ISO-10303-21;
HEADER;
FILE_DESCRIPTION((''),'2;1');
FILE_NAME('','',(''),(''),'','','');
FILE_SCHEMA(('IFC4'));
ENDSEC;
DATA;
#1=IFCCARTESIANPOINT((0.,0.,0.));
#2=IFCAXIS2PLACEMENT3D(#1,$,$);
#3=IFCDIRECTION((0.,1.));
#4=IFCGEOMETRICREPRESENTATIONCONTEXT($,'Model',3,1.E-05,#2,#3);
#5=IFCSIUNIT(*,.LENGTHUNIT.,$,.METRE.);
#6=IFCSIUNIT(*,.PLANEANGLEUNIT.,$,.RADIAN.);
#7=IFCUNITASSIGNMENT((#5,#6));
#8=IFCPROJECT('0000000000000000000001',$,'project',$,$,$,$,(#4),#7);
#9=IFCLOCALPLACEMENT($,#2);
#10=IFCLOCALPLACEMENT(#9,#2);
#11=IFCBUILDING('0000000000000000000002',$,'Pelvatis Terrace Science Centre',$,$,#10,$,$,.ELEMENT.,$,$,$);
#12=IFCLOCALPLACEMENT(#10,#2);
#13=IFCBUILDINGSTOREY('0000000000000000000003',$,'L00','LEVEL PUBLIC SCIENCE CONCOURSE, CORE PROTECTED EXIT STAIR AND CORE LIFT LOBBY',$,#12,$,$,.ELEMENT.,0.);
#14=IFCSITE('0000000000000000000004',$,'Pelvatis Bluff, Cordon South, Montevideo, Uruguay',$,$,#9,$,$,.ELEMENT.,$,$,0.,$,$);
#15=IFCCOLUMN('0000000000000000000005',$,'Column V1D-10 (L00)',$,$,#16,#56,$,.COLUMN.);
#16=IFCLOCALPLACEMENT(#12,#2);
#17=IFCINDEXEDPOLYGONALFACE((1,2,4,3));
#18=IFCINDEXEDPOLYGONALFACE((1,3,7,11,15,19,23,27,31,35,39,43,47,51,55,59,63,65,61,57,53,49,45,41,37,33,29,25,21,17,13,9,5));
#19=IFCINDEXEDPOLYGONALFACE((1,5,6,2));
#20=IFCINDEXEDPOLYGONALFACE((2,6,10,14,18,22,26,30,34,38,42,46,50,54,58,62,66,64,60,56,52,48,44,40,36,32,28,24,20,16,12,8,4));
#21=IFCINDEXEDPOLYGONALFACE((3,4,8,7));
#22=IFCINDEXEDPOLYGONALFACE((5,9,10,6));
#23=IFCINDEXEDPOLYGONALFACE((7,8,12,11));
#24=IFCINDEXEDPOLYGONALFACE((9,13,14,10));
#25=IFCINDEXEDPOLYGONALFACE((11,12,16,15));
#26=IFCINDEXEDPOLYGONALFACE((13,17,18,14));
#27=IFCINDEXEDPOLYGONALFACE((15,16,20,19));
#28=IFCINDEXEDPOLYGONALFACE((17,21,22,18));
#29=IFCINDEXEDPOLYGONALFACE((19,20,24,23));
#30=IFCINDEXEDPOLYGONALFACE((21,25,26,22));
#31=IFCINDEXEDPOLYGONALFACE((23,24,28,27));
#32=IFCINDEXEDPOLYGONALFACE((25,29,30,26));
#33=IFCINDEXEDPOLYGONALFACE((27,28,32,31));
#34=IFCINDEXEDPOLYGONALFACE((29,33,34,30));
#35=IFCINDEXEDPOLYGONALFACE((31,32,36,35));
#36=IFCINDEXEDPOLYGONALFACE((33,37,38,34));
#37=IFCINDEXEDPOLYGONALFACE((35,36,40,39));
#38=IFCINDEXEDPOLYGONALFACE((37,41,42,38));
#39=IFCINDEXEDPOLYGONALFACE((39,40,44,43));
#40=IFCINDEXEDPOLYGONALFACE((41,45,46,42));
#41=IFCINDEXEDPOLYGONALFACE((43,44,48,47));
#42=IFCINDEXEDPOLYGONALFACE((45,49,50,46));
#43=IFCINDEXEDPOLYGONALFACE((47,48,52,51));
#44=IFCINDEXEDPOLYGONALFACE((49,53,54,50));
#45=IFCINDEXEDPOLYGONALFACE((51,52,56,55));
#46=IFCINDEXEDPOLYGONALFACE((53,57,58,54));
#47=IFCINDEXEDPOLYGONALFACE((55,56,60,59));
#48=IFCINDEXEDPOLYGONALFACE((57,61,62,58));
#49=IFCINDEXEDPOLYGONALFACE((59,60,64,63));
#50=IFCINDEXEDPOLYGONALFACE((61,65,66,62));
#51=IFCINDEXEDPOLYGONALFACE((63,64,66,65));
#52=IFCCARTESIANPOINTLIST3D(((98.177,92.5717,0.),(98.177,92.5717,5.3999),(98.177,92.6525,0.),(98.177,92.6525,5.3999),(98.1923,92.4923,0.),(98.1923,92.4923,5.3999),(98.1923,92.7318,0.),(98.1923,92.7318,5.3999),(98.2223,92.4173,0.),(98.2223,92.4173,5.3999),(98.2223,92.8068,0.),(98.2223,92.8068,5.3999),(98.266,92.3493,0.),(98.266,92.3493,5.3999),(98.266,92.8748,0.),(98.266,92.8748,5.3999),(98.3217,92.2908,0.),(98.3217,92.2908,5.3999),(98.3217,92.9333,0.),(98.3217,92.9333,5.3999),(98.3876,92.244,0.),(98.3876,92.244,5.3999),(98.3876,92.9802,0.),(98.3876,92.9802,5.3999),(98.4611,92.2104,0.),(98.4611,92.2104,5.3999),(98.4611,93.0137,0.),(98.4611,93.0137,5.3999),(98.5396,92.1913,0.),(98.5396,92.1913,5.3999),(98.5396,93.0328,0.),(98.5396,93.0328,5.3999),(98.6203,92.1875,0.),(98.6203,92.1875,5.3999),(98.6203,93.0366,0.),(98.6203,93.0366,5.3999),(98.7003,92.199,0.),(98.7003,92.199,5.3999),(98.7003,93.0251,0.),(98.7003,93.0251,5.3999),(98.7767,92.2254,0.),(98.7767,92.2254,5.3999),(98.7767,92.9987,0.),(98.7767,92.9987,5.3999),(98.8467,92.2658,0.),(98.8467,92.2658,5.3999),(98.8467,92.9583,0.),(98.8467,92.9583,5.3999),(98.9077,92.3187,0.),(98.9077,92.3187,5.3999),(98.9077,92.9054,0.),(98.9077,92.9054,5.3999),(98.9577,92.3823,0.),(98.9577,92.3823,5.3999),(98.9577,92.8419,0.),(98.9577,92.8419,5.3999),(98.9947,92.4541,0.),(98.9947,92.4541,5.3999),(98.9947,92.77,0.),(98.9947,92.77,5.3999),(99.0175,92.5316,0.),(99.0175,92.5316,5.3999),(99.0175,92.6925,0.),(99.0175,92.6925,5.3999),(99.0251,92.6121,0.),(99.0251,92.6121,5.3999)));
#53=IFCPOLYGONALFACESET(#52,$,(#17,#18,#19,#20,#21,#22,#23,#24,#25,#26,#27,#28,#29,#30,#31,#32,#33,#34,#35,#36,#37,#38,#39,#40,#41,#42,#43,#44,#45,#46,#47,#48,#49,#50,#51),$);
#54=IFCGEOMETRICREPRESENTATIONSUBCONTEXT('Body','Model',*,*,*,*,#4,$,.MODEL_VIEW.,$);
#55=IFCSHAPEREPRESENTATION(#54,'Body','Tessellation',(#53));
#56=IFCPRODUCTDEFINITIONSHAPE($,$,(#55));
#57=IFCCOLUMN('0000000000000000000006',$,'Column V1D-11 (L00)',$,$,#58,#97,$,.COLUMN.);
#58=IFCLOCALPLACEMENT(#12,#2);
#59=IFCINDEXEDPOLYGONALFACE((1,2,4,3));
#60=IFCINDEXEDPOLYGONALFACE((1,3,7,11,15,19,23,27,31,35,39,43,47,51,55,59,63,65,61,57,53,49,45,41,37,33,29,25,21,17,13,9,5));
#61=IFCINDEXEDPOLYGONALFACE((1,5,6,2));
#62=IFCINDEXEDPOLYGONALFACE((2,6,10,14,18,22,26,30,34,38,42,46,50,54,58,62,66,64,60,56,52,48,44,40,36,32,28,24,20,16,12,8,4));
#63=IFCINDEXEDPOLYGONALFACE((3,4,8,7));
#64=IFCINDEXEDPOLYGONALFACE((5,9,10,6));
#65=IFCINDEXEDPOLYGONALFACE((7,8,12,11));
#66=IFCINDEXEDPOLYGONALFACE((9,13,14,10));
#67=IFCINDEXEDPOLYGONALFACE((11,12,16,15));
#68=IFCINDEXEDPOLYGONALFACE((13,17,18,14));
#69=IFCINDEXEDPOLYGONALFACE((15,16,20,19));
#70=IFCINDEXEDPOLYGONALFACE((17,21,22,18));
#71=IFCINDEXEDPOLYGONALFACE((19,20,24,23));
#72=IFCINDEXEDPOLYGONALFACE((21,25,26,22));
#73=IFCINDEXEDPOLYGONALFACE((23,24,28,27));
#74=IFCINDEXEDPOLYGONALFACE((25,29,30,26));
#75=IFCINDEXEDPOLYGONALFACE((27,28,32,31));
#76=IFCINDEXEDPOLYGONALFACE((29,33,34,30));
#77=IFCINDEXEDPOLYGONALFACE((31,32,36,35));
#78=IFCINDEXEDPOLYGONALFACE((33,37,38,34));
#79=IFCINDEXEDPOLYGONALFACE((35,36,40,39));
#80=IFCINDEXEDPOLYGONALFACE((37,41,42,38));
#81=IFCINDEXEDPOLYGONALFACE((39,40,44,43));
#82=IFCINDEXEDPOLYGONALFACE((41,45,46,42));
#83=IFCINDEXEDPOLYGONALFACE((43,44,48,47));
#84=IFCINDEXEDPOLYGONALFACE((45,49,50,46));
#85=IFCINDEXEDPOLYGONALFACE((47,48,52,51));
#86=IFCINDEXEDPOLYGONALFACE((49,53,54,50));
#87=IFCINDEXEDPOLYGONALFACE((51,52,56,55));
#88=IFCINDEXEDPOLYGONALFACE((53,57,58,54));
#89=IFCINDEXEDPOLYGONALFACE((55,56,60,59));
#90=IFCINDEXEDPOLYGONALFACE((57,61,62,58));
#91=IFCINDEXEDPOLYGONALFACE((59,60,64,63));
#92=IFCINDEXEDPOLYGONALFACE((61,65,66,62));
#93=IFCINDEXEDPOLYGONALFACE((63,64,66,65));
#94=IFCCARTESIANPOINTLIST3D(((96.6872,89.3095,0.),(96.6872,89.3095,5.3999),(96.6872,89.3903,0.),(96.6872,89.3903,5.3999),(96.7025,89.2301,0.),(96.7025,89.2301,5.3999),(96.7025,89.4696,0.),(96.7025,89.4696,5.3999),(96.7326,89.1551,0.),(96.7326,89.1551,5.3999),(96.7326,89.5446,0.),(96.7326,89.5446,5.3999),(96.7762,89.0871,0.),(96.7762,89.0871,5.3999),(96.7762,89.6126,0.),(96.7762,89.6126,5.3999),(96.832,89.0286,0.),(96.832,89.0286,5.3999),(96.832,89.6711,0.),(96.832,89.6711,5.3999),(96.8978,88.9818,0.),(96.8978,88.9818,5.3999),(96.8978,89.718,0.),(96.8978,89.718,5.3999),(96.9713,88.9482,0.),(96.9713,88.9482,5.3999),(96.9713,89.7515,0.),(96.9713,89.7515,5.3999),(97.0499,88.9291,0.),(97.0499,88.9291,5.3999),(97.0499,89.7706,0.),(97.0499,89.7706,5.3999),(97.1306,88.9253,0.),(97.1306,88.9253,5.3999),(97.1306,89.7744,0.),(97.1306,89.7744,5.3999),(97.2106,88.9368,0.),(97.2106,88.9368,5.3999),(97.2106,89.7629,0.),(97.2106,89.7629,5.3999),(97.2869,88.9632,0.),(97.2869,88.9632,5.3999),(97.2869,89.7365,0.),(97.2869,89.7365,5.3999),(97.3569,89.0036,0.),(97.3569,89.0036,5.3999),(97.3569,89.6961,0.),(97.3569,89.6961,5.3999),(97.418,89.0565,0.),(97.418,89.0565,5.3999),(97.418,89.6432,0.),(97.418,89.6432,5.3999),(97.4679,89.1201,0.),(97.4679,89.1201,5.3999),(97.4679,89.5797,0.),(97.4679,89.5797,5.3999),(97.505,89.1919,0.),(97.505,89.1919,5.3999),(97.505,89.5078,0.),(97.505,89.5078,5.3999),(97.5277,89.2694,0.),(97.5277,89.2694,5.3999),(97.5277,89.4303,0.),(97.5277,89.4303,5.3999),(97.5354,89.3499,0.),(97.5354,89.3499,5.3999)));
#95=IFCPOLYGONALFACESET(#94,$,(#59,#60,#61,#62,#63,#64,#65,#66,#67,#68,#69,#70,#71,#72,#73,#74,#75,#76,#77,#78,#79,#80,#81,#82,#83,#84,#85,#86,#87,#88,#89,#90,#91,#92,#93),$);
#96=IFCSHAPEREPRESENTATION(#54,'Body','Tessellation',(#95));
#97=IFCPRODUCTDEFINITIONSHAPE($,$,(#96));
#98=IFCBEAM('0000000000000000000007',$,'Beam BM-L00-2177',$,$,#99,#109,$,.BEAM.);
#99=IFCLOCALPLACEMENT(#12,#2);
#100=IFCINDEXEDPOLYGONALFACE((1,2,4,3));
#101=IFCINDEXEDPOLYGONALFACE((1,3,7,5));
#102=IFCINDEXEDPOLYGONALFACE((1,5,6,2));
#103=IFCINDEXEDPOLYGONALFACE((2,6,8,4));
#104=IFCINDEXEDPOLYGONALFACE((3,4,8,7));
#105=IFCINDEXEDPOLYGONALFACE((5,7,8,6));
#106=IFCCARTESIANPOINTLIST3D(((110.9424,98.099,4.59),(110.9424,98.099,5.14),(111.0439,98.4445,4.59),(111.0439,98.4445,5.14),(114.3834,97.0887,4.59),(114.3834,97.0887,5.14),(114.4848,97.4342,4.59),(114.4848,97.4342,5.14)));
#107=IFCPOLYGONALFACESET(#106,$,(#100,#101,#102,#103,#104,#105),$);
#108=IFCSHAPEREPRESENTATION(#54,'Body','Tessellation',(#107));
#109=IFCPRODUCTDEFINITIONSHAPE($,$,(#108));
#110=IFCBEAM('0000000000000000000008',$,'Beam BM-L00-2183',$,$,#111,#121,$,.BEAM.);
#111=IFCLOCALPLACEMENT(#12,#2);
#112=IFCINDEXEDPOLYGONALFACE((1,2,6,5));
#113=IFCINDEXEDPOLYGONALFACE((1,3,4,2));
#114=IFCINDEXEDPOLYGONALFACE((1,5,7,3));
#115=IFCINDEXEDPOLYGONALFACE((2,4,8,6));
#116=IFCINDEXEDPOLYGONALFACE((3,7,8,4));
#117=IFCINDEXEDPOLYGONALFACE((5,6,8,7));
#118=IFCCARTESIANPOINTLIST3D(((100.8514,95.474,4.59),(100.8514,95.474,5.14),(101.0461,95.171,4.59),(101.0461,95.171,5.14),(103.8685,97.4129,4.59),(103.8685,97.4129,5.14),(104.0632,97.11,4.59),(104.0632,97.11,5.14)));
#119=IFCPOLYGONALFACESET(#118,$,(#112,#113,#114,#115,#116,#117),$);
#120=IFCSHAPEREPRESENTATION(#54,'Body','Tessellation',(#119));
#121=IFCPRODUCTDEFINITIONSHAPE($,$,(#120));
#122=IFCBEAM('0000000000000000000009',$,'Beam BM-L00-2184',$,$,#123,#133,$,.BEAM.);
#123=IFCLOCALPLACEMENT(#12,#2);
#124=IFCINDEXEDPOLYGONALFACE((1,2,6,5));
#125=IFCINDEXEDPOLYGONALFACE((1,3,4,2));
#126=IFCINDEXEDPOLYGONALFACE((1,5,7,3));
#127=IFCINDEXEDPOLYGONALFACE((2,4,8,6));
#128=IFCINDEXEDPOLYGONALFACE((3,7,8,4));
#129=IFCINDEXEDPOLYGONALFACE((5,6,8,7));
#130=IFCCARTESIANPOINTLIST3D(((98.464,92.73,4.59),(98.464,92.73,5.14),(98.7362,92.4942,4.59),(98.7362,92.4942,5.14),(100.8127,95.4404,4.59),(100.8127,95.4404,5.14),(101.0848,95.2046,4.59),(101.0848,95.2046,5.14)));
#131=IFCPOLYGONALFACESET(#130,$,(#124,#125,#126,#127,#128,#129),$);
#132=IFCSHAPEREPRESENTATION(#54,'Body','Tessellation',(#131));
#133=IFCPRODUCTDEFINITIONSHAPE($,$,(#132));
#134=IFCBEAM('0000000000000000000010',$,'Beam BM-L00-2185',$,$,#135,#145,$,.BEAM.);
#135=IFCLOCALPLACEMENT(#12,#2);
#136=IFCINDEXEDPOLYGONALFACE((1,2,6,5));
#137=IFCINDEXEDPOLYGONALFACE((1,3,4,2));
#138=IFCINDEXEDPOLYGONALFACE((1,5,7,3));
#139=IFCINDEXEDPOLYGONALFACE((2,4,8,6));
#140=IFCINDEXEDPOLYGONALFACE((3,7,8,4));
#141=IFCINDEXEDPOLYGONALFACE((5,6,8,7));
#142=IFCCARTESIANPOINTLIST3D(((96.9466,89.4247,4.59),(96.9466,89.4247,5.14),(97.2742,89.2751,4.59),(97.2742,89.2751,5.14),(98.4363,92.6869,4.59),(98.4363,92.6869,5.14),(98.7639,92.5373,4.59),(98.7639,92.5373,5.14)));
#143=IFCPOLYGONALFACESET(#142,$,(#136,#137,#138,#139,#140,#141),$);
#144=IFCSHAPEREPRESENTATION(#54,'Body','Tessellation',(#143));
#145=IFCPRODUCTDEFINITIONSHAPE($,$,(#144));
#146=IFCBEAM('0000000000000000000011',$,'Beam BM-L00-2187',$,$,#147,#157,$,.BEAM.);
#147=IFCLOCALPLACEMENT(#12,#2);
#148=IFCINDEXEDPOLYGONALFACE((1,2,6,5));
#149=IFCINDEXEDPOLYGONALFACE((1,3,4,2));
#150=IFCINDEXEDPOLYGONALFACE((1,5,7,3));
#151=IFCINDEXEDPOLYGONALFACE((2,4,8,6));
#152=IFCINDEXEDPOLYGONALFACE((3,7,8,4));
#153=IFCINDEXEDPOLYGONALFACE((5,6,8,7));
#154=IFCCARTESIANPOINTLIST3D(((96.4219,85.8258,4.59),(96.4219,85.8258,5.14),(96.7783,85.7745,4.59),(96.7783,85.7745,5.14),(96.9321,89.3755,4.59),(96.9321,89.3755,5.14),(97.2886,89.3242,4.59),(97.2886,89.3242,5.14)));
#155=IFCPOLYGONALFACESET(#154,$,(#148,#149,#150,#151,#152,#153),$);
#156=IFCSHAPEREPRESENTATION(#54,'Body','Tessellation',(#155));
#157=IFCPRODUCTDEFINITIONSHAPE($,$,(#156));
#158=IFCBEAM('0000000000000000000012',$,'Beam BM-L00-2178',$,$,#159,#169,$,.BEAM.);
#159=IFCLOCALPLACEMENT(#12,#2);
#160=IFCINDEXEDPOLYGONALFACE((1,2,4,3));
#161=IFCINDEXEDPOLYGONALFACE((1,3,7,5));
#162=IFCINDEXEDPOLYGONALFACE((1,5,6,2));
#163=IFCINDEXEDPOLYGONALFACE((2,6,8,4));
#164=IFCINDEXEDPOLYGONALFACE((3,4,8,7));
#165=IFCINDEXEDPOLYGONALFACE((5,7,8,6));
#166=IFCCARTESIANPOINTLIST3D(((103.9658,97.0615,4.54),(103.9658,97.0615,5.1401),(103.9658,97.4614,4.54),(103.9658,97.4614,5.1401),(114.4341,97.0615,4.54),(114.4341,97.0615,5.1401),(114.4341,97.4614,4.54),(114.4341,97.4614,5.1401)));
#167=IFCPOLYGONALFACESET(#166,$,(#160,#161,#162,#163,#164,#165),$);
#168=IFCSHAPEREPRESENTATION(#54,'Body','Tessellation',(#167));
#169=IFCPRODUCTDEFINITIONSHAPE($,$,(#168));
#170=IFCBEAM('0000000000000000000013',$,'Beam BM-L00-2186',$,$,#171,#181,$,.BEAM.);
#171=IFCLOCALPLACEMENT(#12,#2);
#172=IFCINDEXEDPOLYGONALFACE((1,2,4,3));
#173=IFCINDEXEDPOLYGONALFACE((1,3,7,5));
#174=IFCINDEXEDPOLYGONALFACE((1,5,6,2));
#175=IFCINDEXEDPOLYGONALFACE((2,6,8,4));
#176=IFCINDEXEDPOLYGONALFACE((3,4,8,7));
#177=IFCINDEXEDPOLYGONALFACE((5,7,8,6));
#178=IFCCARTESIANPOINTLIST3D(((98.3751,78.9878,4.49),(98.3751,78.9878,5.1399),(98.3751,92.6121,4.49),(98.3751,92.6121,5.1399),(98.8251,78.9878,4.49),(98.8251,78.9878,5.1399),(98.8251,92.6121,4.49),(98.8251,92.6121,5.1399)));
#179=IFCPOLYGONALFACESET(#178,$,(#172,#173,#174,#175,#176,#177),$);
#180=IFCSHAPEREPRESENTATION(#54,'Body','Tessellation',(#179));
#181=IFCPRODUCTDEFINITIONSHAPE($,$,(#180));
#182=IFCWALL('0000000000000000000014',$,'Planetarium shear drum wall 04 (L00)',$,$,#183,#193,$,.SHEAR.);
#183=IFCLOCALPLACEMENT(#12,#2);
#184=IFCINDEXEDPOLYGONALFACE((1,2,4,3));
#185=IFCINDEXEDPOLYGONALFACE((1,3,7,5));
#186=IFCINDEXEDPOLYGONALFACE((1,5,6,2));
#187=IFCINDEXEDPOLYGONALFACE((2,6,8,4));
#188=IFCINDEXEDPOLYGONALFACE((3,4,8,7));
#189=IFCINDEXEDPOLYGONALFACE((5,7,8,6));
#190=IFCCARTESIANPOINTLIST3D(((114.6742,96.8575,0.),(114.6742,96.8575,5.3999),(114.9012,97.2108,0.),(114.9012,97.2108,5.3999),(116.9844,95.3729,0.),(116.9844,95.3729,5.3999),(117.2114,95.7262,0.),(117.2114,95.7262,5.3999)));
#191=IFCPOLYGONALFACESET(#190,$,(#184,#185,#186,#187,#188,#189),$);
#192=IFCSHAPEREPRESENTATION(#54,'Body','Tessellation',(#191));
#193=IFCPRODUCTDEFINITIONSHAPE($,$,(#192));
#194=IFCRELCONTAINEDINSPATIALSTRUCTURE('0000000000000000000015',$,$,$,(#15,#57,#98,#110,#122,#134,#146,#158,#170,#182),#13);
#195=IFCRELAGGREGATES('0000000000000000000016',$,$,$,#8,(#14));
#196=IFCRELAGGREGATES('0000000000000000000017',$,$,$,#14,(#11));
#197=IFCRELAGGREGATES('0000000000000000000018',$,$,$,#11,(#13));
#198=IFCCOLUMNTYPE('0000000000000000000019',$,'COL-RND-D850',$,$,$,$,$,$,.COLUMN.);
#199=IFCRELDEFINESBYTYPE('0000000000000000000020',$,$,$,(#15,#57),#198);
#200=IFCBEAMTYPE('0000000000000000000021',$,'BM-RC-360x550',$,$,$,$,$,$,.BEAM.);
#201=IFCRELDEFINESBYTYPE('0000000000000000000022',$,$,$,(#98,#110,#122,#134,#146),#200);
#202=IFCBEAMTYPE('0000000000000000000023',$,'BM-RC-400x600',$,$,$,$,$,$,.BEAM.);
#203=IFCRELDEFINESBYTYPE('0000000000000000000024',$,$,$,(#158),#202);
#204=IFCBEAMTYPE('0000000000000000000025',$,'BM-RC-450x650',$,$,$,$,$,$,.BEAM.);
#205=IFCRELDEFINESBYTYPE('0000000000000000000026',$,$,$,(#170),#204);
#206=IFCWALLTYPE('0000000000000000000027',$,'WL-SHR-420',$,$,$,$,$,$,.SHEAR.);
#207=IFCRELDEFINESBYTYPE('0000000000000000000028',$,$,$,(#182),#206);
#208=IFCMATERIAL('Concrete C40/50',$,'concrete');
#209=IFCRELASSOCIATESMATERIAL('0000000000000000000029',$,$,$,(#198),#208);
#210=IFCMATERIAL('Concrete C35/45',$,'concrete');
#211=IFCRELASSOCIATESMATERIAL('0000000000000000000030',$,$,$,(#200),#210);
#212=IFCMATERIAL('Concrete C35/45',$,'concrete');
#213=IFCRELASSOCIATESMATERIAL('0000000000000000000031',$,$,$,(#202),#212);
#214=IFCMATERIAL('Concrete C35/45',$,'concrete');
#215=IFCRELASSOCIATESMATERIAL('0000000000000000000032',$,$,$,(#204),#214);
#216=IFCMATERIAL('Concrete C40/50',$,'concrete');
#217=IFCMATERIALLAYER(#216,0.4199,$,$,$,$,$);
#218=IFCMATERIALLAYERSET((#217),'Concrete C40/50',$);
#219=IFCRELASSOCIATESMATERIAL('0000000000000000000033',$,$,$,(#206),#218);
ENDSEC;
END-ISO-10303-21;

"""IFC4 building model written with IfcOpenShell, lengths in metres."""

from ifc_helpers import new_model, si_unit, direction, frame, frame_2d, origin, origin_2d, place, context, subcontext, project, spatial, rectangle, circle, extrude, material, layer, layer_set, material_profile, profile_set, type_object, element, save


model = new_model("IFC4")

# Units and contexts
model_context = context("Model", 3, precision=1e-05, world=origin(), true_north=direction((0.0, 1.0)))
body_context = subcontext(model_context, "Body", "Model", "MODEL_VIEW")
ifc_project = project(units=[si_unit("LENGTHUNIT", "METRE"), si_unit("PLANEANGLEUNIT", "RADIAN")], contexts=[model_context])

# Site, building, storey
site_placement = place(None, origin())
site = spatial("IfcSite", under=ifc_project, at=site_placement, Name="Pelvatis Bluff, Cordon South, Montevideo, Uruguay", CompositionType="ELEMENT", RefElevation=0.0)
building_placement = place(site_placement, origin())
building = spatial("IfcBuilding", under=site, at=building_placement, Name="Pelvatis Terrace Science Centre", CompositionType="ELEMENT")
storey_placement = place(building_placement, origin())
storey = spatial("IfcBuildingStorey", under=building, at=storey_placement, Name="L00", Description="LEVEL PUBLIC SCIENCE CONCOURSE, CORE PROTECTED EXIT STAIR AND CORE LIFT LOBBY", CompositionType="ELEMENT", Elevation=0.0)

# Columns
ifc_material_1 = material(Name="Concrete C40/50", Category="concrete")
ifc_material_profile_1 = material_profile(ifc_material_1, circle(Radius=0.425, at=origin_2d()), Name="RC-RCOL D850")
ifc_profile_set_1 = profile_set([ifc_material_profile_1], Name="Concrete C40/50")
column_type_1 = type_object("IfcColumnType", Name="COL-RND-D850", PredefinedType="COLUMN", material=ifc_profile_set_1)
for number, where, z_axis, x_axis, name in (
    (1, (98.6001, 92.6121, 0.0), (0.0, 0.0, 1.0), (1.0, 0.0, 0.0), "Column V1D-10 (L00)"),
    (2, (97.1104, 89.3499, 0.0), (0.0, 0.0, 1.0), (1.0, 0.0, 0.0), "Column V1D-11 (L00)"),
):
    element("IfcColumn", number, at=place(storey_placement, frame(where, z_axis=z_axis, x_axis=x_axis)), inside=storey, type_object=column_type_1, Name=name, PredefinedType="COLUMN", context=body_context, shape_type="SweptSolid", body=[
        extrude(circle(Radius=0.425, at=origin_2d()), origin(), (0.0, 0.0, 1.0), 5.3999),
    ])

# Beams
ifc_material_2 = material(Name="Concrete C35/45", Category="concrete")
ifc_material_profile_2 = material_profile(ifc_material_2, rectangle(XDim=0.3601, YDim=0.55, at=origin_2d()), Name="RC-BM 360x550")
ifc_profile_set_2 = profile_set([ifc_material_profile_2], Name="Concrete C35/45")
beam_type_1 = type_object("IfcBeamType", Name="BM-RC-360x550", PredefinedType="BEAM", material=ifc_profile_set_2)
beam_1_placement = place(storey_placement, frame((114.4341, 97.2615, 4.865), z_axis=(-0.9595, 0.281709, 0.0), x_axis=(-0.281709, -0.9595, 0.0)))
element("IfcBeam", 3, at=beam_1_placement, inside=storey, type_object=beam_type_1, Name="Beam BM-L00-2177", PredefinedType="BEAM", context=body_context, shape_type="SweptSolid", body=[
    extrude(rectangle(XDim=0.3601, YDim=0.55, at=origin_2d()), origin(), (0.0, 0.0, 1.0), 3.5862),
])
for number, where, z_axis, x_axis, name in (
    (4, (103.9658, 97.2615, 4.865), (-0.841254, -0.540641, 0.0), (0.540641, -0.841254, 0.0), "Beam BM-L00-2183"),
    (5, (100.9487, 95.3225, 4.865), (-0.654863, -0.755747, 0.0), (0.755747, -0.654863, 0.0), "Beam BM-L00-2184"),
):
    element("IfcBeam", number, at=place(storey_placement, frame(where, z_axis=z_axis, x_axis=x_axis)), inside=storey, type_object=beam_type_1, Name=name, PredefinedType="BEAM", context=body_context, shape_type="SweptSolid", body=[
        extrude(rectangle(XDim=0.3601, YDim=0.55, at=origin_2d()), origin(), (0.0, 0.0, 1.0), 3.5864),
    ])
for number, where, z_axis, x_axis, name in (
    (6, (98.6001, 92.6121, 4.865), (-0.415403, -0.909638, 0.0), (0.909638, -0.415403, 0.0), "Beam BM-L00-2185"),
    (7, (97.1104, 89.3499, 4.865), (-0.142279, -0.989827, 0.0), (0.989827, -0.142279, 0.0), "Beam BM-L00-2187"),
):
    element("IfcBeam", number, at=place(storey_placement, frame(where, z_axis=z_axis, x_axis=x_axis)), inside=storey, type_object=beam_type_1, Name=name, PredefinedType="BEAM", context=body_context, shape_type="SweptSolid", body=[
        extrude(rectangle(XDim=0.3601, YDim=0.55, at=origin_2d()), origin(), (0.0, 0.0, 1.0), 3.5862),
    ])
ifc_material_3 = material(Name="Concrete C35/45", Category="concrete")
ifc_material_profile_3 = material_profile(ifc_material_3, rectangle(XDim=0.3999, YDim=0.6001, at=origin_2d()), Name="RC-BM 400x600")
ifc_profile_set_3 = profile_set([ifc_material_profile_3], Name="Concrete C35/45")
beam_type_2 = type_object("IfcBeamType", Name="BM-RC-400x600", PredefinedType="BEAM", material=ifc_profile_set_3)
beam_2_placement = place(storey_placement, frame((114.4341, 97.2615, 4.8401), z_axis=(-1.0, 0.0, 0.0), x_axis=(0.0, -1.0, 0.0)))
element("IfcBeam", 8, at=beam_2_placement, inside=storey, type_object=beam_type_2, Name="Beam BM-L00-2178", PredefinedType="BEAM", context=body_context, shape_type="SweptSolid", body=[
    extrude(rectangle(XDim=0.3999, YDim=0.6001, at=origin_2d()), origin(), (0.0, 0.0, 1.0), 10.4683),
])
ifc_material_4 = material(Name="Concrete C35/45", Category="concrete")
ifc_material_profile_4 = material_profile(ifc_material_4, rectangle(XDim=0.45, YDim=0.6499, at=origin_2d()), Name="RC-BM 450x650")
ifc_profile_set_4 = profile_set([ifc_material_profile_4], Name="Concrete C35/45")
beam_type_3 = type_object("IfcBeamType", Name="BM-RC-450x650", PredefinedType="BEAM", material=ifc_profile_set_4)
beam_3_placement = place(storey_placement, frame((98.6001, 92.6121, 4.8149), z_axis=(0.0, -1.0, 0.0), x_axis=(1.0, 0.0, 0.0)))
element("IfcBeam", 9, at=beam_3_placement, inside=storey, type_object=beam_type_3, Name="Beam BM-L00-2186", PredefinedType="BEAM", context=body_context, shape_type="SweptSolid", body=[
    extrude(rectangle(XDim=0.45, YDim=0.6499, at=origin_2d()), origin(), (0.0, 0.0, 1.0), 13.6243),
])

# Wall
ifc_material_5 = material(Name="Concrete C40/50", Category="concrete")
ifc_layer = layer(ifc_material_5, 0.4199)
ifc_layer_set = layer_set([ifc_layer], Name="Concrete C40/50")
wall_type = type_object("IfcWallType", Name="WL-SHR-420", PredefinedType="SHEAR", material=ifc_layer_set)
wall_placement = place(storey_placement, frame((117.0979, 95.5496, 0.0), z_axis=(0.0, 0.0, 1.0), x_axis=(-0.841274, 0.540609, 0.0)))
element("IfcWall", 10, at=wall_placement, inside=storey, type_object=wall_type, Name="Planetarium shear drum wall 04 (L00)", PredefinedType="SHEAR", context=body_context, shape_type="SweptSolid", body=[
    extrude(rectangle(XDim=2.7461, YDim=0.4199, at=frame_2d((1.373, 0.0))), origin(), (0.0, 0.0, 1.0), 5.3999),
])

save(model, "model.ifc")
